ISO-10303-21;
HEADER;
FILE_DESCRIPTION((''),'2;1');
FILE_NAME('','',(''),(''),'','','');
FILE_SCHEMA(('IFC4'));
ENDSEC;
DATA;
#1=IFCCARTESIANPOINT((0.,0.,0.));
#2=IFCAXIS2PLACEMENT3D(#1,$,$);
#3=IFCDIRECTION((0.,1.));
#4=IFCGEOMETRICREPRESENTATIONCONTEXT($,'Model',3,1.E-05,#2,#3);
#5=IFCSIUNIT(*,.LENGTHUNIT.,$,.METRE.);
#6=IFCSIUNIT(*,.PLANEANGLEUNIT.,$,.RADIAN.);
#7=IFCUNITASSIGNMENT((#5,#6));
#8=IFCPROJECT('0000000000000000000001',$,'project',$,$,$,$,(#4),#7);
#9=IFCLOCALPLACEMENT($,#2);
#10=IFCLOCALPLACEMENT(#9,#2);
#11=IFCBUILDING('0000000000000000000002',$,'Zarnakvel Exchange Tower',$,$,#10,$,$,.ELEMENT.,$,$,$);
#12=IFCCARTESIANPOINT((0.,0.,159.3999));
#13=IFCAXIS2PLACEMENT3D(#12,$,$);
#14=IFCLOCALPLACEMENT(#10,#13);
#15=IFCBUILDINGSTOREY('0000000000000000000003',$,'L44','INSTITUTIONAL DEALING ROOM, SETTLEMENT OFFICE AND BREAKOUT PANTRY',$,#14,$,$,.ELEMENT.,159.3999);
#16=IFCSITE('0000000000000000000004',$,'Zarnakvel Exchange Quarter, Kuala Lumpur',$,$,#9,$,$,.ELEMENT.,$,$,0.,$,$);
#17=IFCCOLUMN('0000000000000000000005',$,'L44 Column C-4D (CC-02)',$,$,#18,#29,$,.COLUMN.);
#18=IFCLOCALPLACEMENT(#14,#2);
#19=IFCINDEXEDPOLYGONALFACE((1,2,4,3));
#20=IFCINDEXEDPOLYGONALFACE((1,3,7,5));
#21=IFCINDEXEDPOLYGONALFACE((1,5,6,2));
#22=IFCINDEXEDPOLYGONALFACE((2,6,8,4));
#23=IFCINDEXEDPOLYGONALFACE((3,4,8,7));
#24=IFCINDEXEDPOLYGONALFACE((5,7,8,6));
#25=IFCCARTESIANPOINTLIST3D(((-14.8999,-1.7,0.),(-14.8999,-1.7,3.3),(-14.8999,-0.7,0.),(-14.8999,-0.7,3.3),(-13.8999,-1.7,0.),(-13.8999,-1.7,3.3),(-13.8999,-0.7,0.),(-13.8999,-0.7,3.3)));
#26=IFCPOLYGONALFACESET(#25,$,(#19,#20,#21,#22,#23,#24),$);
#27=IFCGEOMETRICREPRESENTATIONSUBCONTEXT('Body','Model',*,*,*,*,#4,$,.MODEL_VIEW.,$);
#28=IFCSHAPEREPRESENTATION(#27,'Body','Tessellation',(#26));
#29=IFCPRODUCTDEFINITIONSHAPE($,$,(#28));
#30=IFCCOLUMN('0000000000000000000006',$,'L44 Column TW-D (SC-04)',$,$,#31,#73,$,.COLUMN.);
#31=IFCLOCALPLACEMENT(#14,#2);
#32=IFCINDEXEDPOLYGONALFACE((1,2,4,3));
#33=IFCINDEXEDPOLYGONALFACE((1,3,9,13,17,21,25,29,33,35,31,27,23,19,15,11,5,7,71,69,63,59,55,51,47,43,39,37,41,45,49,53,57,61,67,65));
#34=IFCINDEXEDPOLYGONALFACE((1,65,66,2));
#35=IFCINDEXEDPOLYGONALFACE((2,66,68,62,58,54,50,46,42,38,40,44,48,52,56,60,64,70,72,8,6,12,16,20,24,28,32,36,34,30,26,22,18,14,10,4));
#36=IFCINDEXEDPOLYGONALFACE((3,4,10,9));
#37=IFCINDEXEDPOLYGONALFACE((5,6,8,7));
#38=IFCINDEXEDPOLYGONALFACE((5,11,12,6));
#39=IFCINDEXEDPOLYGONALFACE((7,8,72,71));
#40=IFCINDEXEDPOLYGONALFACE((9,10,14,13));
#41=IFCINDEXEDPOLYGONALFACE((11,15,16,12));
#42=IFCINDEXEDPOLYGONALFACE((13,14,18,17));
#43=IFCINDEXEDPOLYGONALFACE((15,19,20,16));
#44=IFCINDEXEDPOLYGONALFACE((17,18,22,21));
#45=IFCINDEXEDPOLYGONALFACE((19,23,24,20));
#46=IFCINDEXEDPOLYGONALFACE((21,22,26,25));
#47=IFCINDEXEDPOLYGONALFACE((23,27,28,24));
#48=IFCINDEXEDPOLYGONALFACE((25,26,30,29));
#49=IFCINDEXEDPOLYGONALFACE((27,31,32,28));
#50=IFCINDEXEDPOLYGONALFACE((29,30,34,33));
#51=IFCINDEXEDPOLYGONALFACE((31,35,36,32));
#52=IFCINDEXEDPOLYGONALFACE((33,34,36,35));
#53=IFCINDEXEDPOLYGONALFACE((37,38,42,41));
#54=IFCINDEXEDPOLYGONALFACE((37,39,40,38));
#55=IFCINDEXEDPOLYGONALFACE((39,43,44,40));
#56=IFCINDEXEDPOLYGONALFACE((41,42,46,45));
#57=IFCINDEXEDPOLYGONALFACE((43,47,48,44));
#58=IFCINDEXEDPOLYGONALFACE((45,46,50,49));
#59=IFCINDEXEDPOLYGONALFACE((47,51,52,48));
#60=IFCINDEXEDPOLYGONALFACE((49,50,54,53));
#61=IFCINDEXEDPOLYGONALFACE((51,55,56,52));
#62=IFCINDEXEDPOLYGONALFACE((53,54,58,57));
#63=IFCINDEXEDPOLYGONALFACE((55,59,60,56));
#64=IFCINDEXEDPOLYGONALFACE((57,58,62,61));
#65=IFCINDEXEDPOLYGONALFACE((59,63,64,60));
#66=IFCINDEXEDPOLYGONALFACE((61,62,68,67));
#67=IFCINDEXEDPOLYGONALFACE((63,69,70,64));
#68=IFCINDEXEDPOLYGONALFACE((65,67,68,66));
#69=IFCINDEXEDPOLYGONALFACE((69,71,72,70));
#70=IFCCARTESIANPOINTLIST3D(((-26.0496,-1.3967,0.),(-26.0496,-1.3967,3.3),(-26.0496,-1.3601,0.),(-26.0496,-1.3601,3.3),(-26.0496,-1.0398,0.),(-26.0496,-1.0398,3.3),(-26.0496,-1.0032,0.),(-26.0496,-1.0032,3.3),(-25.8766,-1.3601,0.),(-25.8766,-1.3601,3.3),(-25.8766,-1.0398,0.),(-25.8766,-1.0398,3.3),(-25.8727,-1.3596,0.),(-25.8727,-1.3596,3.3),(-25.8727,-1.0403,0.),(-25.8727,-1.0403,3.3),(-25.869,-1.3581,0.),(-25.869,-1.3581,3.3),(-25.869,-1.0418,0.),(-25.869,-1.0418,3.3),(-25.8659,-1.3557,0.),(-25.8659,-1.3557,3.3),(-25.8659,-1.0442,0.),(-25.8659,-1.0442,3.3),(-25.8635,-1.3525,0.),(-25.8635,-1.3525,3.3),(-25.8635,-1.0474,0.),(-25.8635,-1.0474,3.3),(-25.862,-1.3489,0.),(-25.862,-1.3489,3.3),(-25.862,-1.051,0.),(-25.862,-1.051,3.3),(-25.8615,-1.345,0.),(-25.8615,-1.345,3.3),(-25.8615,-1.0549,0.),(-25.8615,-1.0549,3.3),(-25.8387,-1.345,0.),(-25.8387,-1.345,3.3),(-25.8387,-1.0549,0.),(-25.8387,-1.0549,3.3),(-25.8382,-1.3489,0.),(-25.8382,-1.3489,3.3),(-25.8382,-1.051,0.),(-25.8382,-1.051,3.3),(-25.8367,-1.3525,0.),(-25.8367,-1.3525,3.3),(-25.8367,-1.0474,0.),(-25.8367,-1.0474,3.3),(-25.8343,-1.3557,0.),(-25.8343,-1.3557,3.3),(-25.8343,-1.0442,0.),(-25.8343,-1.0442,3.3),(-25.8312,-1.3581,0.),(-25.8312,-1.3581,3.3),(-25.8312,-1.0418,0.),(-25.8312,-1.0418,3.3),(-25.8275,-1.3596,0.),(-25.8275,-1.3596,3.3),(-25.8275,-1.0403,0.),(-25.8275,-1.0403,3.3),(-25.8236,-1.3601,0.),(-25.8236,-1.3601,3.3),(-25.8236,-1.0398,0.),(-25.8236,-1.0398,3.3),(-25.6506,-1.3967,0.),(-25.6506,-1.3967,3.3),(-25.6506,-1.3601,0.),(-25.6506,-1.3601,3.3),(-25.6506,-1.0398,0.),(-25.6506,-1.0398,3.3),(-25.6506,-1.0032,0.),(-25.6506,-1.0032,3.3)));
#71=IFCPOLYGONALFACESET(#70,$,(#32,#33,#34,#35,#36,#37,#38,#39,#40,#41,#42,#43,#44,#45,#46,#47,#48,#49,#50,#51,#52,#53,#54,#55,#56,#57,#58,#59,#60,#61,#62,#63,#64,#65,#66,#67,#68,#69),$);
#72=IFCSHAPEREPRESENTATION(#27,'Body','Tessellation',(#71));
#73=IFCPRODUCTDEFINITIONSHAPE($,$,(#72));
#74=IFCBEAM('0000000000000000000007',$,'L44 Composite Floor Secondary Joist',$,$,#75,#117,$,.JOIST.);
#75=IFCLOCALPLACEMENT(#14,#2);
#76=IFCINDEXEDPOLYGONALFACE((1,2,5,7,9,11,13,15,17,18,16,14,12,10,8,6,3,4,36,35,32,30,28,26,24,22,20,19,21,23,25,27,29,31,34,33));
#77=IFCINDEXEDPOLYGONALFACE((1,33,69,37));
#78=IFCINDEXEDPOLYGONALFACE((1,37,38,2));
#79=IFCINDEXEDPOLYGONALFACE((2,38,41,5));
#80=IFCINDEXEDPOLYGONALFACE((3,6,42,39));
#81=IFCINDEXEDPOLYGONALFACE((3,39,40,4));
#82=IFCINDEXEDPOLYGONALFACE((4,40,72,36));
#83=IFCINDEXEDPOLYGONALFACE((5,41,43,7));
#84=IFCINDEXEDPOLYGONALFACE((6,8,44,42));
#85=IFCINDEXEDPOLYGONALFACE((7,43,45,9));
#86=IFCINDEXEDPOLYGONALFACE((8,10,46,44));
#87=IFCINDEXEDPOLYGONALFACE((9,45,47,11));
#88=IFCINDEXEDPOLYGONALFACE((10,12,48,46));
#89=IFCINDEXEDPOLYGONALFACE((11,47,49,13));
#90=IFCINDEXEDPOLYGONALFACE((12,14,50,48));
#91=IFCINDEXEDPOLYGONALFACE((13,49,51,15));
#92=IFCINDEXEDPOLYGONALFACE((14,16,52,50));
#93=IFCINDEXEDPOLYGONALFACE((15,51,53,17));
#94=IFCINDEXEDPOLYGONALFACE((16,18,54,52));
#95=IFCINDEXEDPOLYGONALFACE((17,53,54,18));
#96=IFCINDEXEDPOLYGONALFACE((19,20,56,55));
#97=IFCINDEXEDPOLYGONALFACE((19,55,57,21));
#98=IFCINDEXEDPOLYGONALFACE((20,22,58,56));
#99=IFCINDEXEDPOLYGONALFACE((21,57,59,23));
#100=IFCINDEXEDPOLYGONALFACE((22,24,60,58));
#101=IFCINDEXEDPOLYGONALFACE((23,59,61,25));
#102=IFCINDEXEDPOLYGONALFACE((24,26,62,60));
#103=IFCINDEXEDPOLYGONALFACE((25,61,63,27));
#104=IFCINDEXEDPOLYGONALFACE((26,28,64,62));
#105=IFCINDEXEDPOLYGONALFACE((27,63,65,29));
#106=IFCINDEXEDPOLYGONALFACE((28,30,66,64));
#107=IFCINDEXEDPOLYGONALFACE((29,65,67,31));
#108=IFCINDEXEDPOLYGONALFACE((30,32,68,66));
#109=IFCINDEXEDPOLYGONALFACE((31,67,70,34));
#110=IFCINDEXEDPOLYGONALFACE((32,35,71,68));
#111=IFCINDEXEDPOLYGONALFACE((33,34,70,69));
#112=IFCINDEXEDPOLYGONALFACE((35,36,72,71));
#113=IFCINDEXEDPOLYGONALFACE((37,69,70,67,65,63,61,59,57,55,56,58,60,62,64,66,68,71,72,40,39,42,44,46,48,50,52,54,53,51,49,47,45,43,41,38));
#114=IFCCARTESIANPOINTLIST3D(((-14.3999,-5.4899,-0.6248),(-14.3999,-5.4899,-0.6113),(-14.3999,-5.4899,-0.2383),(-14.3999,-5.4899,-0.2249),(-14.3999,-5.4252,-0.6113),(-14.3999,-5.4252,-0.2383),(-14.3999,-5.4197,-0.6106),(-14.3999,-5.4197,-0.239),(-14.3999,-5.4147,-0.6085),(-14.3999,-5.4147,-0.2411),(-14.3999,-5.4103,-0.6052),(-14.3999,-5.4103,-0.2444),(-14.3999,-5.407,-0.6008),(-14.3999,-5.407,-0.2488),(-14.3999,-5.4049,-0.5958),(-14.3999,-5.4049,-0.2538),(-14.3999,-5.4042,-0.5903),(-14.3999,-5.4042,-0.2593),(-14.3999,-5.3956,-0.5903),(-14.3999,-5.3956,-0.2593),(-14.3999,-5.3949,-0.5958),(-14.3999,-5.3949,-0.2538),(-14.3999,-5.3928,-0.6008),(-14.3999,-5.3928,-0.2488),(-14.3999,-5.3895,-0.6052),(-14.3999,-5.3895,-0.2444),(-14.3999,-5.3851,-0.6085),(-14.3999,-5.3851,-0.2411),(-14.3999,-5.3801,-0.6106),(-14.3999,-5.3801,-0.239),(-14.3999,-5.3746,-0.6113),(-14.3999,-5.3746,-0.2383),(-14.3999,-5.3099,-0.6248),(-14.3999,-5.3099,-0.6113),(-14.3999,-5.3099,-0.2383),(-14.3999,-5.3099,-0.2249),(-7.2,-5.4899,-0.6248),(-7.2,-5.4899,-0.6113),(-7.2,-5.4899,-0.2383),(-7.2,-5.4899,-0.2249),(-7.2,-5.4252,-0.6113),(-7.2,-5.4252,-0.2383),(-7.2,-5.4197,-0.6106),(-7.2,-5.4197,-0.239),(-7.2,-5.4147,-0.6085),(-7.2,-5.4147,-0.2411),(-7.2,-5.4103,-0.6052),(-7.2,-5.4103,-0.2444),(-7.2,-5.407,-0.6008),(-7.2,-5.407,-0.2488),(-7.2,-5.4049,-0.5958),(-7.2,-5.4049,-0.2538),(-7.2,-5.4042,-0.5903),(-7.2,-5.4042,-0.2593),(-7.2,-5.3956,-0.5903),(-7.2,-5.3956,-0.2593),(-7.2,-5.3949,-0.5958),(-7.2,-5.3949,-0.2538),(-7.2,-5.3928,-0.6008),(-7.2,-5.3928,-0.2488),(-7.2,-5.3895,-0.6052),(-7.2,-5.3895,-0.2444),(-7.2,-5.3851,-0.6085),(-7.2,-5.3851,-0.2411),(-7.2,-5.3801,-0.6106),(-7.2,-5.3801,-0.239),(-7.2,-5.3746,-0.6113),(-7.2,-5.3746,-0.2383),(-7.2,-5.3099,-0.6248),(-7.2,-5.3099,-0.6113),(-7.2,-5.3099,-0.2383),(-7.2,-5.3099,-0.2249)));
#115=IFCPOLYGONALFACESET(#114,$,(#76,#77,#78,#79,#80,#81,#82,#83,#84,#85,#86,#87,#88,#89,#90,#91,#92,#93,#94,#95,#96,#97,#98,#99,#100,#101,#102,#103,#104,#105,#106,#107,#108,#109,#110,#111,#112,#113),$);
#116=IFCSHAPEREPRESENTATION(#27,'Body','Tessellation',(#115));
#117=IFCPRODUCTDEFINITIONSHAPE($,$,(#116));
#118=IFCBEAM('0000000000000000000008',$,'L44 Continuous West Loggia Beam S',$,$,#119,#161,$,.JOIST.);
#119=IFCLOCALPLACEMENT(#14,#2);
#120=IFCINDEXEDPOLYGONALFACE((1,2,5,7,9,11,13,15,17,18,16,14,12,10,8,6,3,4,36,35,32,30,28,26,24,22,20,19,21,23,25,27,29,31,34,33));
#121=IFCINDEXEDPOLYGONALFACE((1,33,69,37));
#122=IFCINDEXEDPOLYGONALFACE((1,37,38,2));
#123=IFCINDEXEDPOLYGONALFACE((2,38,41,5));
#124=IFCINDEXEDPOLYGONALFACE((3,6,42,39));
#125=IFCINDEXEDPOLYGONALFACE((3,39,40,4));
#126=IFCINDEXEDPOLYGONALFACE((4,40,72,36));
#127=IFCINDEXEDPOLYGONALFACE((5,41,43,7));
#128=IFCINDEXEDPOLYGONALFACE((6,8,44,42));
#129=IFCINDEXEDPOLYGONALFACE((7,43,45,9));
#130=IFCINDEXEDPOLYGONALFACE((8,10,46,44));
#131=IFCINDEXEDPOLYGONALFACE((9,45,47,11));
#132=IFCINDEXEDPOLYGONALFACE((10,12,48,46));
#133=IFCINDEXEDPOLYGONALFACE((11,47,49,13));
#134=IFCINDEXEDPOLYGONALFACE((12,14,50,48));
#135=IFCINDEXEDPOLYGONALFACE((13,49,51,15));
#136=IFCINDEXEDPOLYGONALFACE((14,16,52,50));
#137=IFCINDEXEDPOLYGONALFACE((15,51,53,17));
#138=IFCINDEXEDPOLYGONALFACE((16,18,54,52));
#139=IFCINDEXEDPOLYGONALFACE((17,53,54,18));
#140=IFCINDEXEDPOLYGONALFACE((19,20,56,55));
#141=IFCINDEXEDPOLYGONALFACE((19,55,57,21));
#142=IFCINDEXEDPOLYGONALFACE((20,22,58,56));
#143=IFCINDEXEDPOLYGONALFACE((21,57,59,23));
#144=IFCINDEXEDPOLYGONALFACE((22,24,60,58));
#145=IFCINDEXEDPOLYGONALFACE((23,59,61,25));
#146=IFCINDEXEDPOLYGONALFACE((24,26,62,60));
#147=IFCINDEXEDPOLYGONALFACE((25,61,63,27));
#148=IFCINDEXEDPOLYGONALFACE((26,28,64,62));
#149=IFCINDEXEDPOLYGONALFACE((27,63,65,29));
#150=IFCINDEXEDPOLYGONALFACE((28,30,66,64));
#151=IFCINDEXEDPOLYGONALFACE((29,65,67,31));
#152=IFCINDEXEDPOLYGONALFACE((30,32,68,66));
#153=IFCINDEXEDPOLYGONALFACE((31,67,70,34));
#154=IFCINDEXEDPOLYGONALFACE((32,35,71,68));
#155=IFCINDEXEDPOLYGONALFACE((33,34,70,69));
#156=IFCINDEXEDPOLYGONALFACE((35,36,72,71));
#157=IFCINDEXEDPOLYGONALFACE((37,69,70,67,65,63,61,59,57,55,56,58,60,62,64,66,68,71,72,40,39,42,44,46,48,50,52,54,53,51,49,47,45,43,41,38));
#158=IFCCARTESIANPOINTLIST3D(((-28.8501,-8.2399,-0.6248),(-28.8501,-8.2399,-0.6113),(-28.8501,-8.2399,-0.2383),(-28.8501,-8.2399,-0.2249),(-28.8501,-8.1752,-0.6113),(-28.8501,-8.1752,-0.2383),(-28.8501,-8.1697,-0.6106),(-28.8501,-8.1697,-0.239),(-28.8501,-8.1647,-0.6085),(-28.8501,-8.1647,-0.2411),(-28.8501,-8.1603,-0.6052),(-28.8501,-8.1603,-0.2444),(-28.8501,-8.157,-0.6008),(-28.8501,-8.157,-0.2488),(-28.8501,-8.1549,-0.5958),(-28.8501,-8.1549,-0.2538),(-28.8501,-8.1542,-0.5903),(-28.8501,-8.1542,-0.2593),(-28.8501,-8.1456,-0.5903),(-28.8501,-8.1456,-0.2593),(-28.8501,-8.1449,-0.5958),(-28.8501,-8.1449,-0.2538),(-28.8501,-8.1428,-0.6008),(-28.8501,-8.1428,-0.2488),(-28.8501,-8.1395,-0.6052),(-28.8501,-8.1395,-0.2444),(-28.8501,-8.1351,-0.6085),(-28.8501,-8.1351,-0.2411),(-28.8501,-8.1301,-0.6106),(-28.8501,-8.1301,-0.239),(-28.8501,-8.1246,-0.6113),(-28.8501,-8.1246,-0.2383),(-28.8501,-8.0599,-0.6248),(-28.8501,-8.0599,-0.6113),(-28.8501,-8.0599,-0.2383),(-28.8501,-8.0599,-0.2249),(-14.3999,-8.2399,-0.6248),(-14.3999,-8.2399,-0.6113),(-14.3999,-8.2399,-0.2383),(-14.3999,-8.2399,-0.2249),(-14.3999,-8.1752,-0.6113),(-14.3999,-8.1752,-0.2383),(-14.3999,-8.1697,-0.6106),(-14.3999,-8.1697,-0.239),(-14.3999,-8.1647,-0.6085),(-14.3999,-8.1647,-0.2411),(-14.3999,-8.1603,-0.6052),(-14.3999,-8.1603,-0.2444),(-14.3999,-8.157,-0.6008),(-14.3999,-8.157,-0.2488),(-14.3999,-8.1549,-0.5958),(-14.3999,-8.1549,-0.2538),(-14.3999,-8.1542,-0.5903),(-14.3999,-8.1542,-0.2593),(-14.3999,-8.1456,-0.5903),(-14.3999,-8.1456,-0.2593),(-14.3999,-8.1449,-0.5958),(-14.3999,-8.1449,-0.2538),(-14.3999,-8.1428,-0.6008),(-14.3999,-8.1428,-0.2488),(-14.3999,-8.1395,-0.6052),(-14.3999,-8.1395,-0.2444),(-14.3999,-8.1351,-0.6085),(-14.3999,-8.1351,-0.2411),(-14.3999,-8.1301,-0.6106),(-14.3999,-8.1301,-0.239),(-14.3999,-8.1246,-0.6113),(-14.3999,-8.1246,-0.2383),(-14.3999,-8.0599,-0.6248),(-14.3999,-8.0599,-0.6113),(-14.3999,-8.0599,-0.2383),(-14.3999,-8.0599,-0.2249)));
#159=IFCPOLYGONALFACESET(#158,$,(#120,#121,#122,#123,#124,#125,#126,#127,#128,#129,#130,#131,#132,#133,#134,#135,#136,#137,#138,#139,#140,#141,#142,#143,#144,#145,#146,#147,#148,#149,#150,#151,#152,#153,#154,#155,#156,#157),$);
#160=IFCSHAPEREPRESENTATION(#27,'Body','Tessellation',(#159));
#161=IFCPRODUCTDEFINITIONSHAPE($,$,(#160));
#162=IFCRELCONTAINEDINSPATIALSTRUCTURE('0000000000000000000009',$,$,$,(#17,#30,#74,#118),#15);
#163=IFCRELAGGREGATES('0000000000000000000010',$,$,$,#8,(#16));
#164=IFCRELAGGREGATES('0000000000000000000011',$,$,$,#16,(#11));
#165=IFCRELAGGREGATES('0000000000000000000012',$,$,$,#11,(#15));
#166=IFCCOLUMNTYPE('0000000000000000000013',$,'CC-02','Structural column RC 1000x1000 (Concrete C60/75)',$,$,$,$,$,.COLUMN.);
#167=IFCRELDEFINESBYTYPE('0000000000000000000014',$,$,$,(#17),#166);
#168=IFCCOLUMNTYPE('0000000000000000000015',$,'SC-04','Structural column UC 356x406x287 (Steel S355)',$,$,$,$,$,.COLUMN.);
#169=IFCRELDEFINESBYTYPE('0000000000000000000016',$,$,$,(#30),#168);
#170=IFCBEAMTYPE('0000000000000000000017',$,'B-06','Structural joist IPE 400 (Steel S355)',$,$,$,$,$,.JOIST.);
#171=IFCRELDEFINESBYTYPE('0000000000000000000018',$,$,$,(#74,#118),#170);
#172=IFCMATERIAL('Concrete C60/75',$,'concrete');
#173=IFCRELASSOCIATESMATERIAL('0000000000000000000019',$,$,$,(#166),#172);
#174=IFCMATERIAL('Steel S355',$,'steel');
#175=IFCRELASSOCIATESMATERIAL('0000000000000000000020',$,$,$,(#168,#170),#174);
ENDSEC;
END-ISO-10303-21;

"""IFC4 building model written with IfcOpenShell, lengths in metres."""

from ifc_helpers import new_model, si_unit, direction, frame, origin, origin_2d, place, context, subcontext, project, spatial, rectangle, i_section, extrude, material, material_profile, profile_set, type_object, element, save


model = new_model("IFC4")

# Units and contexts
model_context = context("Model", 3, precision=1e-05, world=origin(), true_north=direction((0.0, 1.0)))
body_context = subcontext(model_context, "Body", "Model", "MODEL_VIEW")
ifc_project = project(units=[si_unit("LENGTHUNIT", "METRE"), si_unit("PLANEANGLEUNIT", "RADIAN")], contexts=[model_context])

# Site, building, storey
site_placement = place(None, origin())
site = spatial("IfcSite", under=ifc_project, at=site_placement, Name="Zarnakvel Exchange Quarter, Kuala Lumpur", CompositionType="ELEMENT", RefElevation=0.0)
building_placement = place(site_placement, origin())
building = spatial("IfcBuilding", under=site, at=building_placement, Name="Zarnakvel Exchange Tower", CompositionType="ELEMENT")
storey_placement = place(building_placement, frame((0.0, 0.0, 159.3999)))
storey = spatial("IfcBuildingStorey", under=building, at=storey_placement, Name="L44", Description="INSTITUTIONAL DEALING ROOM, SETTLEMENT OFFICE AND BREAKOUT PANTRY", CompositionType="ELEMENT", Elevation=159.3999)

# Columns
ifc_material_1 = material(Name="Concrete C60/75", Category="concrete")
ifc_material_profile_1 = material_profile(ifc_material_1, rectangle(XDim=1.0, YDim=1.0, at=origin_2d()))
ifc_profile_set_1 = profile_set([ifc_material_profile_1], Name="Concrete C60/75")
column_type_1 = type_object("IfcColumnType", Name="CC-02", Description="Structural column RC 1000x1000 (Concrete C60/75)", PredefinedType="COLUMN", material=ifc_profile_set_1)
column_1_placement = place(storey_placement, frame((-14.3999, -1.2, 0.0), z_axis=(0.0, 0.0, 1.0), x_axis=(1.0, 0.0, 0.0)))
element("IfcColumn", 1, at=column_1_placement, inside=storey, type_object=column_type_1, Name="L44 Column C-4D (CC-02)", PredefinedType="COLUMN", context=body_context, shape_type="SweptSolid", body=[
    extrude(rectangle(XDim=1.0, YDim=1.0, at=origin_2d()), origin(), (0.0, 0.0, 1.0), 3.3),
])
ifc_material_2 = material(Name="Steel S355", Category="steel")
ifc_material_profile_2 = material_profile(ifc_material_2, i_section(OverallWidth=0.3989, OverallDepth=0.3936, WebThickness=0.0227, FlangeThickness=0.0366, FilletRadius=0.0151, at=origin_2d()))
ifc_profile_set_2 = profile_set([ifc_material_profile_2], Name="Steel S355")
column_type_2 = type_object("IfcColumnType", Name="SC-04", Description="Structural column UC 356x406x287 (Steel S355)", PredefinedType="COLUMN", material=ifc_profile_set_2)
column_2_placement = place(storey_placement, frame((-25.8501, -1.2, 0.0), z_axis=(0.0, 0.0, 1.0), x_axis=(1.0, 0.0, 0.0)))
element("IfcColumn", 2, at=column_2_placement, inside=storey, type_object=column_type_2, Name="L44 Column TW-D (SC-04)", PredefinedType="COLUMN", context=body_context, shape_type="SweptSolid", body=[
    extrude(i_section(OverallWidth=0.3989, OverallDepth=0.3936, WebThickness=0.0227, FlangeThickness=0.0366, FilletRadius=0.0151, at=origin_2d()), origin(), (0.0, 0.0, 1.0), 3.3),
])

# Beams
ifc_material_profile_3 = material_profile(ifc_material_2, i_section(OverallWidth=0.1799, OverallDepth=0.3999, WebThickness=0.0085, FlangeThickness=0.0134, FilletRadius=0.021, at=origin_2d()))
ifc_profile_set_3 = profile_set([ifc_material_profile_3], Name="Steel S355")
beam_type_1 = type_object("IfcBeamType", Name="B-06", Description="Structural joist IPE 400 (Steel S355)", PredefinedType="JOIST", material=ifc_profile_set_3)
beam_1_placement = place(storey_placement, frame((-14.3999, -5.3999, -0.4248), z_axis=(1.0, 0.0, 0.0), x_axis=(0.0, 1.0, 0.0)))
element("IfcBeam", 3, at=beam_1_placement, inside=storey, type_object=beam_type_1, Name="L44 Composite Floor Secondary Joist", PredefinedType="JOIST", context=body_context, shape_type="SweptSolid", body=[
    extrude(i_section(OverallWidth=0.1799, OverallDepth=0.3999, WebThickness=0.0085, FlangeThickness=0.0134, FilletRadius=0.021, at=origin_2d()), origin(), (0.0, 0.0, 1.0), 7.2),
])
for number, where, z_axis, x_axis, name in (
    (4, (-14.3999, -8.1499, -0.4248), (-1.0, 0.0, 0.0), (0.0, -1.0, 0.0), "L44 Continuous West Loggia Beam S"),
):
    element("IfcBeam", number, at=place(storey_placement, frame(where, z_axis=z_axis, x_axis=x_axis)), inside=storey, type_object=beam_type_1, Name=name, PredefinedType="JOIST", context=body_context, shape_type="SweptSolid", body=[
        extrude(i_section(OverallWidth=0.1799, OverallDepth=0.3999, WebThickness=0.0085, FlangeThickness=0.0134, FilletRadius=0.021, at=origin_2d()), origin(), (0.0, 0.0, 1.0), 14.4502),
    ])

save(model, "model.ifc")
